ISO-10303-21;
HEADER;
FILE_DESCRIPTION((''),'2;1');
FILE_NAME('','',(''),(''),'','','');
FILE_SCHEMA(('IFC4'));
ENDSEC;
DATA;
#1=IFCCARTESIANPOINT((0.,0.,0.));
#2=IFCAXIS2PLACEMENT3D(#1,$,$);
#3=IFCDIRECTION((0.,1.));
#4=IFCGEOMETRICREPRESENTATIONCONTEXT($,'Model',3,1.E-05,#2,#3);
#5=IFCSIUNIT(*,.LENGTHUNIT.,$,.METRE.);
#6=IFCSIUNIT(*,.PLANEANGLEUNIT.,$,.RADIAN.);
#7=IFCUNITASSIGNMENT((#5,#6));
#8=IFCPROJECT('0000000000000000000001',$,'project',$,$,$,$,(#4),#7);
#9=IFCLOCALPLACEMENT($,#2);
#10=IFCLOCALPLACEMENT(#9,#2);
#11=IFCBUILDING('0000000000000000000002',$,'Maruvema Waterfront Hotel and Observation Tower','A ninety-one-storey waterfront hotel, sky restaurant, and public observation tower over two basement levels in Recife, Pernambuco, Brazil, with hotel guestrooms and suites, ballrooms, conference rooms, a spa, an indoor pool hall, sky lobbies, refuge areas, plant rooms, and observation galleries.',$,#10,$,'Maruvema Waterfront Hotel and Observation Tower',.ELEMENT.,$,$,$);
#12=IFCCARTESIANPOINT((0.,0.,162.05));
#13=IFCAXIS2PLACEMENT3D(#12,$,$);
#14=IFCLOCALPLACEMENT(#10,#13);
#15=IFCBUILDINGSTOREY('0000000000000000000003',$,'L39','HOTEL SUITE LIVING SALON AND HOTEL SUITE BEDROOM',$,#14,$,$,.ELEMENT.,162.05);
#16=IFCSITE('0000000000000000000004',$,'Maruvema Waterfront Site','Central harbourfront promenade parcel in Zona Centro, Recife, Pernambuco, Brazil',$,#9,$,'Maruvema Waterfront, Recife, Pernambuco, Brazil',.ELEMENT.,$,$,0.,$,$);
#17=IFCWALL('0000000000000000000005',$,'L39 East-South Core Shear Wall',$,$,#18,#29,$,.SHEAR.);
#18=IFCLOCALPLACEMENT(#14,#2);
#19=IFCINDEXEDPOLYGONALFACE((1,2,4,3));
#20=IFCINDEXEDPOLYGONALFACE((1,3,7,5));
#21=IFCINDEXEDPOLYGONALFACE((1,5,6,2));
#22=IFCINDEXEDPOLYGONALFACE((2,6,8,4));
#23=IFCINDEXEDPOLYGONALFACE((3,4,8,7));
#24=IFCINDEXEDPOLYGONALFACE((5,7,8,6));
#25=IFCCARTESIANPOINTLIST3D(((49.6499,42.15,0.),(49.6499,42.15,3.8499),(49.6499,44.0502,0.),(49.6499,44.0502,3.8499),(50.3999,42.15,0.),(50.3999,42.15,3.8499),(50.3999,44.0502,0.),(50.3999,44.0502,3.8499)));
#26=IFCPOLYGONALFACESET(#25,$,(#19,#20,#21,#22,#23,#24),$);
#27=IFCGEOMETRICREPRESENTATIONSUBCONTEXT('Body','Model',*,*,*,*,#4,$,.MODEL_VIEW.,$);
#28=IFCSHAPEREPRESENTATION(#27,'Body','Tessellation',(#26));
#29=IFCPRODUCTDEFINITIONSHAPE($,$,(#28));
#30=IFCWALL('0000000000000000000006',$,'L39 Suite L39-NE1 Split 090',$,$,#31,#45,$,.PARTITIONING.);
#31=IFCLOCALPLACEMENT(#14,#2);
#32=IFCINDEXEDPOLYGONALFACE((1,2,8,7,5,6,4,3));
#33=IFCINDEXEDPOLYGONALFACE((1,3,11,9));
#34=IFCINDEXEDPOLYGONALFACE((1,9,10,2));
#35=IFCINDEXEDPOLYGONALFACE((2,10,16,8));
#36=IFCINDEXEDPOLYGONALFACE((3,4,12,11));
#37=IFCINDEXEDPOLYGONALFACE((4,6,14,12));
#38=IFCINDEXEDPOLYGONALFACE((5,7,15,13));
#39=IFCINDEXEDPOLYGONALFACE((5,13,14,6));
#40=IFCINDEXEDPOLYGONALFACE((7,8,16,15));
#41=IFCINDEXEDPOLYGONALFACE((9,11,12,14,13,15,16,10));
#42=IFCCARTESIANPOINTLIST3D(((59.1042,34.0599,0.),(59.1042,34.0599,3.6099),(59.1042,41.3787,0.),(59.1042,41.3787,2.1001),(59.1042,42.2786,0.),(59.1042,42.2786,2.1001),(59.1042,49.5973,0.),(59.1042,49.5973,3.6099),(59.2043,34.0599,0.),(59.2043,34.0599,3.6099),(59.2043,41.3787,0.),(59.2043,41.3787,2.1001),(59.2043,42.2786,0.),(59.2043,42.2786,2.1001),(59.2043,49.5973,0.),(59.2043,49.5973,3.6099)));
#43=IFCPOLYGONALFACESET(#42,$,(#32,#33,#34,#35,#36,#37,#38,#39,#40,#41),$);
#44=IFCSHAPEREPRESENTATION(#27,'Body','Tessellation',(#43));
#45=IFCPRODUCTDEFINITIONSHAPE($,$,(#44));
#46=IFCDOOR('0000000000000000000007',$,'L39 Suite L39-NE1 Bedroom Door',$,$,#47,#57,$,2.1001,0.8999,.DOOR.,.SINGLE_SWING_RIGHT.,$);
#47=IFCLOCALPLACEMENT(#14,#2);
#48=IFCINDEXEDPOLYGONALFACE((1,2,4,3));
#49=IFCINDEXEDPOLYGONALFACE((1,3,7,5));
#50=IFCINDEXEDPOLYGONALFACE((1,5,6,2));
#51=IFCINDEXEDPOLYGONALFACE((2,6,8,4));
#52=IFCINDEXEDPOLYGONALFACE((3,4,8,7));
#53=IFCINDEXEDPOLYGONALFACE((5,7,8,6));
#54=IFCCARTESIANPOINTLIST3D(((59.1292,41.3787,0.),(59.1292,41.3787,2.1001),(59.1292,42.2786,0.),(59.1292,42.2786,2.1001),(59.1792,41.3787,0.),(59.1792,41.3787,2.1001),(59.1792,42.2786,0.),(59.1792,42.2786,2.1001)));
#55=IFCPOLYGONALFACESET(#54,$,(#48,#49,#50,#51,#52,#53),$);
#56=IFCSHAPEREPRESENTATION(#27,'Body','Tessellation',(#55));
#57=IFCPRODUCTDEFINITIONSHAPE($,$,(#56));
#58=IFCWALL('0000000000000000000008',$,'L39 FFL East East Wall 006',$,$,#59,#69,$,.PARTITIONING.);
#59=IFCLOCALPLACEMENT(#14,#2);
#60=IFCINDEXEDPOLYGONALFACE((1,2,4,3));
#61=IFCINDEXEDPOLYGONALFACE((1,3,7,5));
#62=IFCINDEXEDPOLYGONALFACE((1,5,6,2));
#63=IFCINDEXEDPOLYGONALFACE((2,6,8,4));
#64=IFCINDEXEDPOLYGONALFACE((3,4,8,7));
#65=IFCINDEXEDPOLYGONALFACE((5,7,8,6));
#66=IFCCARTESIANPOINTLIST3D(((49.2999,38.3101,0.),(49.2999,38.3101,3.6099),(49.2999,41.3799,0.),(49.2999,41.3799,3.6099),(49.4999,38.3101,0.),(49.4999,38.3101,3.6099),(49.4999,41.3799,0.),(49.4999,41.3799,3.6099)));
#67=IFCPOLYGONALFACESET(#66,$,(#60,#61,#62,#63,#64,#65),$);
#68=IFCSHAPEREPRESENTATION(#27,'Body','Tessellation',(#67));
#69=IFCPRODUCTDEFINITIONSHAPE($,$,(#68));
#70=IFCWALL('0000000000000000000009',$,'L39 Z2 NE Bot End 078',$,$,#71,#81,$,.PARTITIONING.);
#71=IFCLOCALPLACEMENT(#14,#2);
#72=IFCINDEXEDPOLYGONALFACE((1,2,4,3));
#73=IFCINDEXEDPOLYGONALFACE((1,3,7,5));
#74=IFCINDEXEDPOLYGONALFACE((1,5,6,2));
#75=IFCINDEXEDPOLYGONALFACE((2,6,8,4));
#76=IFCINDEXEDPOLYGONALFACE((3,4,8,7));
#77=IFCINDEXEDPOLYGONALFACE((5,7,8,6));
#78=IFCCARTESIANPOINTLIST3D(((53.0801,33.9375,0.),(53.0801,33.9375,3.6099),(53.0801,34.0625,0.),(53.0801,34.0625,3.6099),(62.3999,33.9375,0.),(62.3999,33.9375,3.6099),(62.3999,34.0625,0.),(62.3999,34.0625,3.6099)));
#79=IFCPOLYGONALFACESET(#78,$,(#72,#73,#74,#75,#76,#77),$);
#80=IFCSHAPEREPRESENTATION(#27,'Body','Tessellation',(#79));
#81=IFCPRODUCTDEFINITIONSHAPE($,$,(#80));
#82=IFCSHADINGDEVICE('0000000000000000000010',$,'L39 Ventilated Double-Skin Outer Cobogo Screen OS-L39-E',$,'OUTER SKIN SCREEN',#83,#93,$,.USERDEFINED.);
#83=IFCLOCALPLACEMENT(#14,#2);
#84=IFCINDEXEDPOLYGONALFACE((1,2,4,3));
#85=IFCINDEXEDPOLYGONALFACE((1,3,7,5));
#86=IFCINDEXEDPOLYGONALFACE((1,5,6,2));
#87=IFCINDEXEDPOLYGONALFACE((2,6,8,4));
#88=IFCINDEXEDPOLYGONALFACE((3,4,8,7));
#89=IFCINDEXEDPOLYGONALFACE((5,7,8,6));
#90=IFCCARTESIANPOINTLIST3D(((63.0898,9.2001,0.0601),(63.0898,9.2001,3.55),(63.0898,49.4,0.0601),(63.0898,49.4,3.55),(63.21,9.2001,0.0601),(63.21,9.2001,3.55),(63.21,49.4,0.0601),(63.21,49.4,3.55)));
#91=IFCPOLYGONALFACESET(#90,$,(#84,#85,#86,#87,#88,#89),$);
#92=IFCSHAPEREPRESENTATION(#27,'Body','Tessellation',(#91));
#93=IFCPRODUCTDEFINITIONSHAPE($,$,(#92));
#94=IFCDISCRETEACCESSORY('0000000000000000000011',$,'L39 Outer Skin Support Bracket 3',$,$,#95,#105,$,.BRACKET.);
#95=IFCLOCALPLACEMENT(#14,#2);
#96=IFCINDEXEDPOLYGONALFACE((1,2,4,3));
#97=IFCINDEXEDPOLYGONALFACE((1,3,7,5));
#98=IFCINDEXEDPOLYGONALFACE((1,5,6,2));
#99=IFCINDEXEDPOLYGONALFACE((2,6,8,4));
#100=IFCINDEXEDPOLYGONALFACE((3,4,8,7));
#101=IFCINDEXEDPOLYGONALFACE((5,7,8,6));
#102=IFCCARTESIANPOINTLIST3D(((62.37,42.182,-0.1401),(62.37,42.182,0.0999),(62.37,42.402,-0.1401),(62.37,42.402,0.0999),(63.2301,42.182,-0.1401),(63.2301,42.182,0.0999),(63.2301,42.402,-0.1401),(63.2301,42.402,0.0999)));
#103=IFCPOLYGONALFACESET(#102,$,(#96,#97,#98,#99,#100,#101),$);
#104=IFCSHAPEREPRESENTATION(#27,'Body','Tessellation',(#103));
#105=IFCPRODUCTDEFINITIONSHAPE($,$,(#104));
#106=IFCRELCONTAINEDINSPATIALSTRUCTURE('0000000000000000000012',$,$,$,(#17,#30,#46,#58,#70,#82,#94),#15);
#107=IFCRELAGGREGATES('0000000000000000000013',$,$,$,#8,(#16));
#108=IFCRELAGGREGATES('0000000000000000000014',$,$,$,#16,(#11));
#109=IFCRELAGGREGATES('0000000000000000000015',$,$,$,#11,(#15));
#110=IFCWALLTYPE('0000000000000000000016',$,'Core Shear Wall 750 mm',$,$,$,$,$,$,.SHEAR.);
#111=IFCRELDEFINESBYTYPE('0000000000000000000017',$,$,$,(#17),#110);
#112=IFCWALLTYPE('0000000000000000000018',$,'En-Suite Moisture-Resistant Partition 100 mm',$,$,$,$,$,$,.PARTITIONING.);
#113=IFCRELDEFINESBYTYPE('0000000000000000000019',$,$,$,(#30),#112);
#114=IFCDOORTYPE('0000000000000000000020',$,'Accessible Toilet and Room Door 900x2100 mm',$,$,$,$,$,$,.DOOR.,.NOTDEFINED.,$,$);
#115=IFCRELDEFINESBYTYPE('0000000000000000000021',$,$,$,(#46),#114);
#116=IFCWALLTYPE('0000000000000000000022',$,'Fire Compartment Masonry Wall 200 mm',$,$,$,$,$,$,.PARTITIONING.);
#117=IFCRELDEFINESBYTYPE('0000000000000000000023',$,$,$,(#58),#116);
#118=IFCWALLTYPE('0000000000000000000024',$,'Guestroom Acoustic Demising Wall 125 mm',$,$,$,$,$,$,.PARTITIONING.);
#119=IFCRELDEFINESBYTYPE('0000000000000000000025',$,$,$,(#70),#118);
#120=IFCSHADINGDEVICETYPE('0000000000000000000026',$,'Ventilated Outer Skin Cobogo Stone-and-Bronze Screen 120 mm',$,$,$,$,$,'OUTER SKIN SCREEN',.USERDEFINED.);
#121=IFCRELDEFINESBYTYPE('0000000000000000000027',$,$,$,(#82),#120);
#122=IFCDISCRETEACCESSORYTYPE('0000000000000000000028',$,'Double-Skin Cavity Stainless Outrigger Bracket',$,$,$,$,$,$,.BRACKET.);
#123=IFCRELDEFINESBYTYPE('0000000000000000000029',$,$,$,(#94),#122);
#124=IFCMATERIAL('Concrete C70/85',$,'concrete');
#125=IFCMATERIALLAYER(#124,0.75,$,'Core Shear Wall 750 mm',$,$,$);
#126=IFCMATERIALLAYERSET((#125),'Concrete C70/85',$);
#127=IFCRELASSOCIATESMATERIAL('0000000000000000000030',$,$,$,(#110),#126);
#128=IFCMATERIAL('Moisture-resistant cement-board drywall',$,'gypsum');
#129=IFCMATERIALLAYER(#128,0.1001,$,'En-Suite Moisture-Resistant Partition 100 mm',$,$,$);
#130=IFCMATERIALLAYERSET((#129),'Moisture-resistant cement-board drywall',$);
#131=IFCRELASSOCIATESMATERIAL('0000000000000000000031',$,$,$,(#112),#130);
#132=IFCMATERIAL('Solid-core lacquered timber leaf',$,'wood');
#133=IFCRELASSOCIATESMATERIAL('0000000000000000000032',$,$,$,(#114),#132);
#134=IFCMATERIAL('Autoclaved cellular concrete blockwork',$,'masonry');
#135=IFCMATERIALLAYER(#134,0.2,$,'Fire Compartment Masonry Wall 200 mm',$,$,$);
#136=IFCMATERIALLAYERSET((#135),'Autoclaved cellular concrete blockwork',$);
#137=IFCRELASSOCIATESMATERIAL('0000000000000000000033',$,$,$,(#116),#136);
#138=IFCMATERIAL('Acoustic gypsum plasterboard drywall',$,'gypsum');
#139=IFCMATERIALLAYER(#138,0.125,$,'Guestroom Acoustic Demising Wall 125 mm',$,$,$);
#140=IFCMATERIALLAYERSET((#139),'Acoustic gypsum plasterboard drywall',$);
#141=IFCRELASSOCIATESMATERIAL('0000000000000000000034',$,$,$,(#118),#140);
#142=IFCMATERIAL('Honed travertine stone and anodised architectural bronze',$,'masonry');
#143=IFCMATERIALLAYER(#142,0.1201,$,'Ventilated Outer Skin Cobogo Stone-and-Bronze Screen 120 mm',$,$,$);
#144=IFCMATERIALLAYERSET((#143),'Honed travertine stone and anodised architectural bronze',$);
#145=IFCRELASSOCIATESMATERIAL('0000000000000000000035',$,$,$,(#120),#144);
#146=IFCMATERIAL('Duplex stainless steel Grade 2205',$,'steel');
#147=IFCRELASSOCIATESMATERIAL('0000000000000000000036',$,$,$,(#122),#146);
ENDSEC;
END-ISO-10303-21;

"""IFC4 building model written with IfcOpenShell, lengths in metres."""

from ifc_helpers import new_model, si_unit, direction, frame, frame_2d, origin, origin_2d, place, context, subcontext, project, spatial, rectangle, extrude, material, layer, layer_set, type_object, element, fill, save


model = new_model("IFC4")

# Units and contexts
model_context = context("Model", 3, precision=1e-05, world=origin(), true_north=direction((0.0, 1.0)))
body_context = subcontext(model_context, "Body", "Model", "MODEL_VIEW")
ifc_project = project(units=[si_unit("LENGTHUNIT", "METRE"), si_unit("PLANEANGLEUNIT", "RADIAN")], contexts=[model_context])

# Site, building, storey
site_placement = place(None, origin())
site = spatial("IfcSite", under=ifc_project, at=site_placement, Name="Maruvema Waterfront Site", Description="Central harbourfront promenade parcel in Zona Centro, Recife, Pernambuco, Brazil", LongName="Maruvema Waterfront, Recife, Pernambuco, Brazil", CompositionType="ELEMENT", RefElevation=0.0)
building_placement = place(site_placement, origin())
building = spatial("IfcBuilding", under=site, at=building_placement, Name="Maruvema Waterfront Hotel and Observation Tower", Description="A ninety-one-storey waterfront hotel, sky restaurant, and public observation tower over two basement levels in Recife, Pernambuco, Brazil, with hotel guestrooms and suites, ballrooms, conference rooms, a spa, an indoor pool hall, sky lobbies, refuge areas, plant rooms, and observation galleries.", LongName="Maruvema Waterfront Hotel and Observation Tower", CompositionType="ELEMENT")
storey_placement = place(building_placement, frame((0.0, 0.0, 162.05)))
storey = spatial("IfcBuildingStorey", under=building, at=storey_placement, Name="L39", Description="HOTEL SUITE LIVING SALON AND HOTEL SUITE BEDROOM", CompositionType="ELEMENT", Elevation=162.05)

# Wall
ifc_material_1 = material(Name="Concrete C70/85", Category="concrete")
ifc_layer_1 = layer(ifc_material_1, 0.75, Name="Core Shear Wall 750 mm")
ifc_layer_set_1 = layer_set([ifc_layer_1], Name="Concrete C70/85")
wall_type_1 = type_object("IfcWallType", Name="Core Shear Wall 750 mm", PredefinedType="SHEAR", material=ifc_layer_set_1)
wall_1_placement = place(storey_placement, frame((50.0249, 42.1499, 0.0), z_axis=(0.0, 0.0, 1.0), x_axis=(0.0, 1.0, 0.0)))
element("IfcWall", 1, at=wall_1_placement, inside=storey, type_object=wall_type_1, Name="L39 East-South Core Shear Wall", PredefinedType="SHEAR", context=body_context, shape_type="SweptSolid", body=[
    extrude(rectangle(XDim=1.9001, YDim=0.75, at=frame_2d((0.9502, 0.0))), origin(), (0.0, 0.0, 1.0), 3.8499),
])

# Wall, opening, door
ifc_material_2 = material(Name="Moisture-resistant cement-board drywall", Category="gypsum")
ifc_layer_2 = layer(ifc_material_2, 0.1001, Name="En-Suite Moisture-Resistant Partition 100 mm")
ifc_layer_set_2 = layer_set([ifc_layer_2], Name="Moisture-resistant cement-board drywall")
wall_type_2 = type_object("IfcWallType", Name="En-Suite Moisture-Resistant Partition 100 mm", PredefinedType="PARTITIONING", material=ifc_layer_set_2)
wall_2_placement = place(storey_placement, frame((59.1543, 34.0601, 0.0), z_axis=(0.0, 0.0, 1.0), x_axis=(0.0, 1.0, 0.0)))
wall_2 = element("IfcWall", 2, at=wall_2_placement, inside=storey, type_object=wall_type_2, Name="L39 Suite L39-NE1 Split 090", PredefinedType="PARTITIONING", context=body_context, shape_type="SweptSolid", body=[
    extrude(rectangle(XDim=15.5374, YDim=0.1001, at=frame_2d((7.7686, 0.0))), origin(), (0.0, 0.0, 1.0), 3.6099),
])
opening_1_placement = place(wall_2_placement, frame((7.3186, 0.0, 0.0)))
opening_1 = element("IfcOpeningElement", 3, at=opening_1_placement, cuts=wall_2, PredefinedType="OPENING", context=body_context, shape_type="SweptSolid", body=[
    extrude(rectangle(XDim=0.8999, YDim=2.1001, at=frame_2d((0.45, 1.05))), frame((0.0, 0.0601, 0.0), z_axis=(0.0, -1.0, 0.0), x_axis=(1.0, 0.0, 0.0)), (0.0, 0.0, 1.0), 0.1201),
])
ifc_material_3 = material(Name="Solid-core lacquered timber leaf", Category="wood")
door_type_1 = type_object("IfcDoorType", Name="Accessible Toilet and Room Door 900x2100 mm", OperationType="NOTDEFINED", PredefinedType="DOOR", material=ifc_material_3)
door_1_placement = place(opening_1_placement, frame((0.8999, 0.0, 0.0), z_axis=(0.0, 0.0, 1.0), x_axis=(-1.0, 0.0, 0.0)))
door_1 = element("IfcDoor", 4, at=door_1_placement, inside=storey, type_object=door_type_1, Name="L39 Suite L39-NE1 Bedroom Door", OperationType="SINGLE_SWING_RIGHT", OverallHeight=2.1001, OverallWidth=0.8999, PredefinedType="DOOR", context=body_context, shape_type="SweptSolid", body=[
    extrude(rectangle(XDim=0.8999, YDim=2.1001, at=frame_2d((0.45, 1.05))), frame((0.0, 0.0249, 0.0), z_axis=(0.0, -1.0, 0.0), x_axis=(1.0, 0.0, 0.0)), (0.0, 0.0, 1.0), 0.05),
])
fill(opening_1, door_1)

# Walls
ifc_material_4 = material(Name="Autoclaved cellular concrete blockwork", Category="masonry")
ifc_layer_3 = layer(ifc_material_4, 0.2, Name="Fire Compartment Masonry Wall 200 mm")
ifc_layer_set_3 = layer_set([ifc_layer_3], Name="Autoclaved cellular concrete blockwork")
wall_type_3 = type_object("IfcWallType", Name="Fire Compartment Masonry Wall 200 mm", PredefinedType="PARTITIONING", material=ifc_layer_set_3)
wall_3_placement = place(storey_placement, frame((49.3999, 38.3101, 0.0), z_axis=(0.0, 0.0, 1.0), x_axis=(0.0, 1.0, 0.0)))
element("IfcWall", 5, at=wall_3_placement, inside=storey, type_object=wall_type_3, Name="L39 FFL East East Wall 006", PredefinedType="PARTITIONING", context=body_context, shape_type="SweptSolid", body=[
    extrude(rectangle(XDim=3.0698, YDim=0.2, at=frame_2d((1.5349, 0.0))), origin(), (0.0, 0.0, 1.0), 3.6099),
])
ifc_material_5 = material(Name="Acoustic gypsum plasterboard drywall", Category="gypsum")
ifc_layer_4 = layer(ifc_material_5, 0.125, Name="Guestroom Acoustic Demising Wall 125 mm")
ifc_layer_set_4 = layer_set([ifc_layer_4], Name="Acoustic gypsum plasterboard drywall")
wall_type_4 = type_object("IfcWallType", Name="Guestroom Acoustic Demising Wall 125 mm", PredefinedType="PARTITIONING", material=ifc_layer_set_4)
wall_4_placement = place(storey_placement, frame((53.0801, 34.0, 0.0), z_axis=(0.0, 0.0, 1.0), x_axis=(1.0, 0.0, 0.0)))
element("IfcWall", 6, at=wall_4_placement, inside=storey, type_object=wall_type_4, Name="L39 Z2 NE Bot End 078", PredefinedType="PARTITIONING", context=body_context, shape_type="SweptSolid", body=[
    extrude(rectangle(XDim=9.3198, YDim=0.125, at=frame_2d((4.6599, 0.0))), origin(), (0.0, 0.0, 1.0), 3.6099),
])

# Shading device
ifc_material_6 = material(Name="Honed travertine stone and anodised architectural bronze", Category="masonry")
ifc_layer_5 = layer(ifc_material_6, 0.1201, Name="Ventilated Outer Skin Cobogo Stone-and-Bronze Screen 120 mm")
ifc_layer_set_5 = layer_set([ifc_layer_5], Name="Honed travertine stone and anodised architectural bronze")
shading_device_type = type_object("IfcShadingDeviceType", Name="Ventilated Outer Skin Cobogo Stone-and-Bronze Screen 120 mm", ElementType="OUTER SKIN SCREEN", PredefinedType="USERDEFINED", material=ifc_layer_set_5)
shading_device_placement = place(storey_placement, frame((63.1499, 29.3, 0.0601), z_axis=(0.0, 0.0, 1.0), x_axis=(0.0, 1.0, 0.0)))
element("IfcShadingDevice", 7, at=shading_device_placement, inside=storey, type_object=shading_device_type, Name="L39 Ventilated Double-Skin Outer Cobogo Screen OS-L39-E", ObjectType="OUTER SKIN SCREEN", PredefinedType="USERDEFINED", context=body_context, shape_type="SweptSolid", body=[
    extrude(rectangle(XDim=40.2, YDim=0.1201, at=origin_2d()), origin(), (0.0, 0.0, 1.0), 3.49),
])

# Discrete accessory
ifc_material_7 = material(Name="Duplex stainless steel Grade 2205", Category="steel")
discrete_accessory_type = type_object("IfcDiscreteAccessoryType", Name="Double-Skin Cavity Stainless Outrigger Bracket", PredefinedType="BRACKET", material=ifc_material_7)
discrete_accessory_placement = place(storey_placement, frame((62.8, 42.292, -0.1401), z_axis=(0.0, 0.0, 1.0), x_axis=(0.0, 1.0, 0.0)))
element("IfcDiscreteAccessory", 8, at=discrete_accessory_placement, inside=storey, type_object=discrete_accessory_type, Name="L39 Outer Skin Support Bracket 3", PredefinedType="BRACKET", context=body_context, shape_type="SweptSolid", body=[
    extrude(rectangle(XDim=0.22, YDim=0.8601, at=origin_2d()), origin(), (0.0, 0.0, 1.0), 0.24),
])

save(model, "model.ifc")
